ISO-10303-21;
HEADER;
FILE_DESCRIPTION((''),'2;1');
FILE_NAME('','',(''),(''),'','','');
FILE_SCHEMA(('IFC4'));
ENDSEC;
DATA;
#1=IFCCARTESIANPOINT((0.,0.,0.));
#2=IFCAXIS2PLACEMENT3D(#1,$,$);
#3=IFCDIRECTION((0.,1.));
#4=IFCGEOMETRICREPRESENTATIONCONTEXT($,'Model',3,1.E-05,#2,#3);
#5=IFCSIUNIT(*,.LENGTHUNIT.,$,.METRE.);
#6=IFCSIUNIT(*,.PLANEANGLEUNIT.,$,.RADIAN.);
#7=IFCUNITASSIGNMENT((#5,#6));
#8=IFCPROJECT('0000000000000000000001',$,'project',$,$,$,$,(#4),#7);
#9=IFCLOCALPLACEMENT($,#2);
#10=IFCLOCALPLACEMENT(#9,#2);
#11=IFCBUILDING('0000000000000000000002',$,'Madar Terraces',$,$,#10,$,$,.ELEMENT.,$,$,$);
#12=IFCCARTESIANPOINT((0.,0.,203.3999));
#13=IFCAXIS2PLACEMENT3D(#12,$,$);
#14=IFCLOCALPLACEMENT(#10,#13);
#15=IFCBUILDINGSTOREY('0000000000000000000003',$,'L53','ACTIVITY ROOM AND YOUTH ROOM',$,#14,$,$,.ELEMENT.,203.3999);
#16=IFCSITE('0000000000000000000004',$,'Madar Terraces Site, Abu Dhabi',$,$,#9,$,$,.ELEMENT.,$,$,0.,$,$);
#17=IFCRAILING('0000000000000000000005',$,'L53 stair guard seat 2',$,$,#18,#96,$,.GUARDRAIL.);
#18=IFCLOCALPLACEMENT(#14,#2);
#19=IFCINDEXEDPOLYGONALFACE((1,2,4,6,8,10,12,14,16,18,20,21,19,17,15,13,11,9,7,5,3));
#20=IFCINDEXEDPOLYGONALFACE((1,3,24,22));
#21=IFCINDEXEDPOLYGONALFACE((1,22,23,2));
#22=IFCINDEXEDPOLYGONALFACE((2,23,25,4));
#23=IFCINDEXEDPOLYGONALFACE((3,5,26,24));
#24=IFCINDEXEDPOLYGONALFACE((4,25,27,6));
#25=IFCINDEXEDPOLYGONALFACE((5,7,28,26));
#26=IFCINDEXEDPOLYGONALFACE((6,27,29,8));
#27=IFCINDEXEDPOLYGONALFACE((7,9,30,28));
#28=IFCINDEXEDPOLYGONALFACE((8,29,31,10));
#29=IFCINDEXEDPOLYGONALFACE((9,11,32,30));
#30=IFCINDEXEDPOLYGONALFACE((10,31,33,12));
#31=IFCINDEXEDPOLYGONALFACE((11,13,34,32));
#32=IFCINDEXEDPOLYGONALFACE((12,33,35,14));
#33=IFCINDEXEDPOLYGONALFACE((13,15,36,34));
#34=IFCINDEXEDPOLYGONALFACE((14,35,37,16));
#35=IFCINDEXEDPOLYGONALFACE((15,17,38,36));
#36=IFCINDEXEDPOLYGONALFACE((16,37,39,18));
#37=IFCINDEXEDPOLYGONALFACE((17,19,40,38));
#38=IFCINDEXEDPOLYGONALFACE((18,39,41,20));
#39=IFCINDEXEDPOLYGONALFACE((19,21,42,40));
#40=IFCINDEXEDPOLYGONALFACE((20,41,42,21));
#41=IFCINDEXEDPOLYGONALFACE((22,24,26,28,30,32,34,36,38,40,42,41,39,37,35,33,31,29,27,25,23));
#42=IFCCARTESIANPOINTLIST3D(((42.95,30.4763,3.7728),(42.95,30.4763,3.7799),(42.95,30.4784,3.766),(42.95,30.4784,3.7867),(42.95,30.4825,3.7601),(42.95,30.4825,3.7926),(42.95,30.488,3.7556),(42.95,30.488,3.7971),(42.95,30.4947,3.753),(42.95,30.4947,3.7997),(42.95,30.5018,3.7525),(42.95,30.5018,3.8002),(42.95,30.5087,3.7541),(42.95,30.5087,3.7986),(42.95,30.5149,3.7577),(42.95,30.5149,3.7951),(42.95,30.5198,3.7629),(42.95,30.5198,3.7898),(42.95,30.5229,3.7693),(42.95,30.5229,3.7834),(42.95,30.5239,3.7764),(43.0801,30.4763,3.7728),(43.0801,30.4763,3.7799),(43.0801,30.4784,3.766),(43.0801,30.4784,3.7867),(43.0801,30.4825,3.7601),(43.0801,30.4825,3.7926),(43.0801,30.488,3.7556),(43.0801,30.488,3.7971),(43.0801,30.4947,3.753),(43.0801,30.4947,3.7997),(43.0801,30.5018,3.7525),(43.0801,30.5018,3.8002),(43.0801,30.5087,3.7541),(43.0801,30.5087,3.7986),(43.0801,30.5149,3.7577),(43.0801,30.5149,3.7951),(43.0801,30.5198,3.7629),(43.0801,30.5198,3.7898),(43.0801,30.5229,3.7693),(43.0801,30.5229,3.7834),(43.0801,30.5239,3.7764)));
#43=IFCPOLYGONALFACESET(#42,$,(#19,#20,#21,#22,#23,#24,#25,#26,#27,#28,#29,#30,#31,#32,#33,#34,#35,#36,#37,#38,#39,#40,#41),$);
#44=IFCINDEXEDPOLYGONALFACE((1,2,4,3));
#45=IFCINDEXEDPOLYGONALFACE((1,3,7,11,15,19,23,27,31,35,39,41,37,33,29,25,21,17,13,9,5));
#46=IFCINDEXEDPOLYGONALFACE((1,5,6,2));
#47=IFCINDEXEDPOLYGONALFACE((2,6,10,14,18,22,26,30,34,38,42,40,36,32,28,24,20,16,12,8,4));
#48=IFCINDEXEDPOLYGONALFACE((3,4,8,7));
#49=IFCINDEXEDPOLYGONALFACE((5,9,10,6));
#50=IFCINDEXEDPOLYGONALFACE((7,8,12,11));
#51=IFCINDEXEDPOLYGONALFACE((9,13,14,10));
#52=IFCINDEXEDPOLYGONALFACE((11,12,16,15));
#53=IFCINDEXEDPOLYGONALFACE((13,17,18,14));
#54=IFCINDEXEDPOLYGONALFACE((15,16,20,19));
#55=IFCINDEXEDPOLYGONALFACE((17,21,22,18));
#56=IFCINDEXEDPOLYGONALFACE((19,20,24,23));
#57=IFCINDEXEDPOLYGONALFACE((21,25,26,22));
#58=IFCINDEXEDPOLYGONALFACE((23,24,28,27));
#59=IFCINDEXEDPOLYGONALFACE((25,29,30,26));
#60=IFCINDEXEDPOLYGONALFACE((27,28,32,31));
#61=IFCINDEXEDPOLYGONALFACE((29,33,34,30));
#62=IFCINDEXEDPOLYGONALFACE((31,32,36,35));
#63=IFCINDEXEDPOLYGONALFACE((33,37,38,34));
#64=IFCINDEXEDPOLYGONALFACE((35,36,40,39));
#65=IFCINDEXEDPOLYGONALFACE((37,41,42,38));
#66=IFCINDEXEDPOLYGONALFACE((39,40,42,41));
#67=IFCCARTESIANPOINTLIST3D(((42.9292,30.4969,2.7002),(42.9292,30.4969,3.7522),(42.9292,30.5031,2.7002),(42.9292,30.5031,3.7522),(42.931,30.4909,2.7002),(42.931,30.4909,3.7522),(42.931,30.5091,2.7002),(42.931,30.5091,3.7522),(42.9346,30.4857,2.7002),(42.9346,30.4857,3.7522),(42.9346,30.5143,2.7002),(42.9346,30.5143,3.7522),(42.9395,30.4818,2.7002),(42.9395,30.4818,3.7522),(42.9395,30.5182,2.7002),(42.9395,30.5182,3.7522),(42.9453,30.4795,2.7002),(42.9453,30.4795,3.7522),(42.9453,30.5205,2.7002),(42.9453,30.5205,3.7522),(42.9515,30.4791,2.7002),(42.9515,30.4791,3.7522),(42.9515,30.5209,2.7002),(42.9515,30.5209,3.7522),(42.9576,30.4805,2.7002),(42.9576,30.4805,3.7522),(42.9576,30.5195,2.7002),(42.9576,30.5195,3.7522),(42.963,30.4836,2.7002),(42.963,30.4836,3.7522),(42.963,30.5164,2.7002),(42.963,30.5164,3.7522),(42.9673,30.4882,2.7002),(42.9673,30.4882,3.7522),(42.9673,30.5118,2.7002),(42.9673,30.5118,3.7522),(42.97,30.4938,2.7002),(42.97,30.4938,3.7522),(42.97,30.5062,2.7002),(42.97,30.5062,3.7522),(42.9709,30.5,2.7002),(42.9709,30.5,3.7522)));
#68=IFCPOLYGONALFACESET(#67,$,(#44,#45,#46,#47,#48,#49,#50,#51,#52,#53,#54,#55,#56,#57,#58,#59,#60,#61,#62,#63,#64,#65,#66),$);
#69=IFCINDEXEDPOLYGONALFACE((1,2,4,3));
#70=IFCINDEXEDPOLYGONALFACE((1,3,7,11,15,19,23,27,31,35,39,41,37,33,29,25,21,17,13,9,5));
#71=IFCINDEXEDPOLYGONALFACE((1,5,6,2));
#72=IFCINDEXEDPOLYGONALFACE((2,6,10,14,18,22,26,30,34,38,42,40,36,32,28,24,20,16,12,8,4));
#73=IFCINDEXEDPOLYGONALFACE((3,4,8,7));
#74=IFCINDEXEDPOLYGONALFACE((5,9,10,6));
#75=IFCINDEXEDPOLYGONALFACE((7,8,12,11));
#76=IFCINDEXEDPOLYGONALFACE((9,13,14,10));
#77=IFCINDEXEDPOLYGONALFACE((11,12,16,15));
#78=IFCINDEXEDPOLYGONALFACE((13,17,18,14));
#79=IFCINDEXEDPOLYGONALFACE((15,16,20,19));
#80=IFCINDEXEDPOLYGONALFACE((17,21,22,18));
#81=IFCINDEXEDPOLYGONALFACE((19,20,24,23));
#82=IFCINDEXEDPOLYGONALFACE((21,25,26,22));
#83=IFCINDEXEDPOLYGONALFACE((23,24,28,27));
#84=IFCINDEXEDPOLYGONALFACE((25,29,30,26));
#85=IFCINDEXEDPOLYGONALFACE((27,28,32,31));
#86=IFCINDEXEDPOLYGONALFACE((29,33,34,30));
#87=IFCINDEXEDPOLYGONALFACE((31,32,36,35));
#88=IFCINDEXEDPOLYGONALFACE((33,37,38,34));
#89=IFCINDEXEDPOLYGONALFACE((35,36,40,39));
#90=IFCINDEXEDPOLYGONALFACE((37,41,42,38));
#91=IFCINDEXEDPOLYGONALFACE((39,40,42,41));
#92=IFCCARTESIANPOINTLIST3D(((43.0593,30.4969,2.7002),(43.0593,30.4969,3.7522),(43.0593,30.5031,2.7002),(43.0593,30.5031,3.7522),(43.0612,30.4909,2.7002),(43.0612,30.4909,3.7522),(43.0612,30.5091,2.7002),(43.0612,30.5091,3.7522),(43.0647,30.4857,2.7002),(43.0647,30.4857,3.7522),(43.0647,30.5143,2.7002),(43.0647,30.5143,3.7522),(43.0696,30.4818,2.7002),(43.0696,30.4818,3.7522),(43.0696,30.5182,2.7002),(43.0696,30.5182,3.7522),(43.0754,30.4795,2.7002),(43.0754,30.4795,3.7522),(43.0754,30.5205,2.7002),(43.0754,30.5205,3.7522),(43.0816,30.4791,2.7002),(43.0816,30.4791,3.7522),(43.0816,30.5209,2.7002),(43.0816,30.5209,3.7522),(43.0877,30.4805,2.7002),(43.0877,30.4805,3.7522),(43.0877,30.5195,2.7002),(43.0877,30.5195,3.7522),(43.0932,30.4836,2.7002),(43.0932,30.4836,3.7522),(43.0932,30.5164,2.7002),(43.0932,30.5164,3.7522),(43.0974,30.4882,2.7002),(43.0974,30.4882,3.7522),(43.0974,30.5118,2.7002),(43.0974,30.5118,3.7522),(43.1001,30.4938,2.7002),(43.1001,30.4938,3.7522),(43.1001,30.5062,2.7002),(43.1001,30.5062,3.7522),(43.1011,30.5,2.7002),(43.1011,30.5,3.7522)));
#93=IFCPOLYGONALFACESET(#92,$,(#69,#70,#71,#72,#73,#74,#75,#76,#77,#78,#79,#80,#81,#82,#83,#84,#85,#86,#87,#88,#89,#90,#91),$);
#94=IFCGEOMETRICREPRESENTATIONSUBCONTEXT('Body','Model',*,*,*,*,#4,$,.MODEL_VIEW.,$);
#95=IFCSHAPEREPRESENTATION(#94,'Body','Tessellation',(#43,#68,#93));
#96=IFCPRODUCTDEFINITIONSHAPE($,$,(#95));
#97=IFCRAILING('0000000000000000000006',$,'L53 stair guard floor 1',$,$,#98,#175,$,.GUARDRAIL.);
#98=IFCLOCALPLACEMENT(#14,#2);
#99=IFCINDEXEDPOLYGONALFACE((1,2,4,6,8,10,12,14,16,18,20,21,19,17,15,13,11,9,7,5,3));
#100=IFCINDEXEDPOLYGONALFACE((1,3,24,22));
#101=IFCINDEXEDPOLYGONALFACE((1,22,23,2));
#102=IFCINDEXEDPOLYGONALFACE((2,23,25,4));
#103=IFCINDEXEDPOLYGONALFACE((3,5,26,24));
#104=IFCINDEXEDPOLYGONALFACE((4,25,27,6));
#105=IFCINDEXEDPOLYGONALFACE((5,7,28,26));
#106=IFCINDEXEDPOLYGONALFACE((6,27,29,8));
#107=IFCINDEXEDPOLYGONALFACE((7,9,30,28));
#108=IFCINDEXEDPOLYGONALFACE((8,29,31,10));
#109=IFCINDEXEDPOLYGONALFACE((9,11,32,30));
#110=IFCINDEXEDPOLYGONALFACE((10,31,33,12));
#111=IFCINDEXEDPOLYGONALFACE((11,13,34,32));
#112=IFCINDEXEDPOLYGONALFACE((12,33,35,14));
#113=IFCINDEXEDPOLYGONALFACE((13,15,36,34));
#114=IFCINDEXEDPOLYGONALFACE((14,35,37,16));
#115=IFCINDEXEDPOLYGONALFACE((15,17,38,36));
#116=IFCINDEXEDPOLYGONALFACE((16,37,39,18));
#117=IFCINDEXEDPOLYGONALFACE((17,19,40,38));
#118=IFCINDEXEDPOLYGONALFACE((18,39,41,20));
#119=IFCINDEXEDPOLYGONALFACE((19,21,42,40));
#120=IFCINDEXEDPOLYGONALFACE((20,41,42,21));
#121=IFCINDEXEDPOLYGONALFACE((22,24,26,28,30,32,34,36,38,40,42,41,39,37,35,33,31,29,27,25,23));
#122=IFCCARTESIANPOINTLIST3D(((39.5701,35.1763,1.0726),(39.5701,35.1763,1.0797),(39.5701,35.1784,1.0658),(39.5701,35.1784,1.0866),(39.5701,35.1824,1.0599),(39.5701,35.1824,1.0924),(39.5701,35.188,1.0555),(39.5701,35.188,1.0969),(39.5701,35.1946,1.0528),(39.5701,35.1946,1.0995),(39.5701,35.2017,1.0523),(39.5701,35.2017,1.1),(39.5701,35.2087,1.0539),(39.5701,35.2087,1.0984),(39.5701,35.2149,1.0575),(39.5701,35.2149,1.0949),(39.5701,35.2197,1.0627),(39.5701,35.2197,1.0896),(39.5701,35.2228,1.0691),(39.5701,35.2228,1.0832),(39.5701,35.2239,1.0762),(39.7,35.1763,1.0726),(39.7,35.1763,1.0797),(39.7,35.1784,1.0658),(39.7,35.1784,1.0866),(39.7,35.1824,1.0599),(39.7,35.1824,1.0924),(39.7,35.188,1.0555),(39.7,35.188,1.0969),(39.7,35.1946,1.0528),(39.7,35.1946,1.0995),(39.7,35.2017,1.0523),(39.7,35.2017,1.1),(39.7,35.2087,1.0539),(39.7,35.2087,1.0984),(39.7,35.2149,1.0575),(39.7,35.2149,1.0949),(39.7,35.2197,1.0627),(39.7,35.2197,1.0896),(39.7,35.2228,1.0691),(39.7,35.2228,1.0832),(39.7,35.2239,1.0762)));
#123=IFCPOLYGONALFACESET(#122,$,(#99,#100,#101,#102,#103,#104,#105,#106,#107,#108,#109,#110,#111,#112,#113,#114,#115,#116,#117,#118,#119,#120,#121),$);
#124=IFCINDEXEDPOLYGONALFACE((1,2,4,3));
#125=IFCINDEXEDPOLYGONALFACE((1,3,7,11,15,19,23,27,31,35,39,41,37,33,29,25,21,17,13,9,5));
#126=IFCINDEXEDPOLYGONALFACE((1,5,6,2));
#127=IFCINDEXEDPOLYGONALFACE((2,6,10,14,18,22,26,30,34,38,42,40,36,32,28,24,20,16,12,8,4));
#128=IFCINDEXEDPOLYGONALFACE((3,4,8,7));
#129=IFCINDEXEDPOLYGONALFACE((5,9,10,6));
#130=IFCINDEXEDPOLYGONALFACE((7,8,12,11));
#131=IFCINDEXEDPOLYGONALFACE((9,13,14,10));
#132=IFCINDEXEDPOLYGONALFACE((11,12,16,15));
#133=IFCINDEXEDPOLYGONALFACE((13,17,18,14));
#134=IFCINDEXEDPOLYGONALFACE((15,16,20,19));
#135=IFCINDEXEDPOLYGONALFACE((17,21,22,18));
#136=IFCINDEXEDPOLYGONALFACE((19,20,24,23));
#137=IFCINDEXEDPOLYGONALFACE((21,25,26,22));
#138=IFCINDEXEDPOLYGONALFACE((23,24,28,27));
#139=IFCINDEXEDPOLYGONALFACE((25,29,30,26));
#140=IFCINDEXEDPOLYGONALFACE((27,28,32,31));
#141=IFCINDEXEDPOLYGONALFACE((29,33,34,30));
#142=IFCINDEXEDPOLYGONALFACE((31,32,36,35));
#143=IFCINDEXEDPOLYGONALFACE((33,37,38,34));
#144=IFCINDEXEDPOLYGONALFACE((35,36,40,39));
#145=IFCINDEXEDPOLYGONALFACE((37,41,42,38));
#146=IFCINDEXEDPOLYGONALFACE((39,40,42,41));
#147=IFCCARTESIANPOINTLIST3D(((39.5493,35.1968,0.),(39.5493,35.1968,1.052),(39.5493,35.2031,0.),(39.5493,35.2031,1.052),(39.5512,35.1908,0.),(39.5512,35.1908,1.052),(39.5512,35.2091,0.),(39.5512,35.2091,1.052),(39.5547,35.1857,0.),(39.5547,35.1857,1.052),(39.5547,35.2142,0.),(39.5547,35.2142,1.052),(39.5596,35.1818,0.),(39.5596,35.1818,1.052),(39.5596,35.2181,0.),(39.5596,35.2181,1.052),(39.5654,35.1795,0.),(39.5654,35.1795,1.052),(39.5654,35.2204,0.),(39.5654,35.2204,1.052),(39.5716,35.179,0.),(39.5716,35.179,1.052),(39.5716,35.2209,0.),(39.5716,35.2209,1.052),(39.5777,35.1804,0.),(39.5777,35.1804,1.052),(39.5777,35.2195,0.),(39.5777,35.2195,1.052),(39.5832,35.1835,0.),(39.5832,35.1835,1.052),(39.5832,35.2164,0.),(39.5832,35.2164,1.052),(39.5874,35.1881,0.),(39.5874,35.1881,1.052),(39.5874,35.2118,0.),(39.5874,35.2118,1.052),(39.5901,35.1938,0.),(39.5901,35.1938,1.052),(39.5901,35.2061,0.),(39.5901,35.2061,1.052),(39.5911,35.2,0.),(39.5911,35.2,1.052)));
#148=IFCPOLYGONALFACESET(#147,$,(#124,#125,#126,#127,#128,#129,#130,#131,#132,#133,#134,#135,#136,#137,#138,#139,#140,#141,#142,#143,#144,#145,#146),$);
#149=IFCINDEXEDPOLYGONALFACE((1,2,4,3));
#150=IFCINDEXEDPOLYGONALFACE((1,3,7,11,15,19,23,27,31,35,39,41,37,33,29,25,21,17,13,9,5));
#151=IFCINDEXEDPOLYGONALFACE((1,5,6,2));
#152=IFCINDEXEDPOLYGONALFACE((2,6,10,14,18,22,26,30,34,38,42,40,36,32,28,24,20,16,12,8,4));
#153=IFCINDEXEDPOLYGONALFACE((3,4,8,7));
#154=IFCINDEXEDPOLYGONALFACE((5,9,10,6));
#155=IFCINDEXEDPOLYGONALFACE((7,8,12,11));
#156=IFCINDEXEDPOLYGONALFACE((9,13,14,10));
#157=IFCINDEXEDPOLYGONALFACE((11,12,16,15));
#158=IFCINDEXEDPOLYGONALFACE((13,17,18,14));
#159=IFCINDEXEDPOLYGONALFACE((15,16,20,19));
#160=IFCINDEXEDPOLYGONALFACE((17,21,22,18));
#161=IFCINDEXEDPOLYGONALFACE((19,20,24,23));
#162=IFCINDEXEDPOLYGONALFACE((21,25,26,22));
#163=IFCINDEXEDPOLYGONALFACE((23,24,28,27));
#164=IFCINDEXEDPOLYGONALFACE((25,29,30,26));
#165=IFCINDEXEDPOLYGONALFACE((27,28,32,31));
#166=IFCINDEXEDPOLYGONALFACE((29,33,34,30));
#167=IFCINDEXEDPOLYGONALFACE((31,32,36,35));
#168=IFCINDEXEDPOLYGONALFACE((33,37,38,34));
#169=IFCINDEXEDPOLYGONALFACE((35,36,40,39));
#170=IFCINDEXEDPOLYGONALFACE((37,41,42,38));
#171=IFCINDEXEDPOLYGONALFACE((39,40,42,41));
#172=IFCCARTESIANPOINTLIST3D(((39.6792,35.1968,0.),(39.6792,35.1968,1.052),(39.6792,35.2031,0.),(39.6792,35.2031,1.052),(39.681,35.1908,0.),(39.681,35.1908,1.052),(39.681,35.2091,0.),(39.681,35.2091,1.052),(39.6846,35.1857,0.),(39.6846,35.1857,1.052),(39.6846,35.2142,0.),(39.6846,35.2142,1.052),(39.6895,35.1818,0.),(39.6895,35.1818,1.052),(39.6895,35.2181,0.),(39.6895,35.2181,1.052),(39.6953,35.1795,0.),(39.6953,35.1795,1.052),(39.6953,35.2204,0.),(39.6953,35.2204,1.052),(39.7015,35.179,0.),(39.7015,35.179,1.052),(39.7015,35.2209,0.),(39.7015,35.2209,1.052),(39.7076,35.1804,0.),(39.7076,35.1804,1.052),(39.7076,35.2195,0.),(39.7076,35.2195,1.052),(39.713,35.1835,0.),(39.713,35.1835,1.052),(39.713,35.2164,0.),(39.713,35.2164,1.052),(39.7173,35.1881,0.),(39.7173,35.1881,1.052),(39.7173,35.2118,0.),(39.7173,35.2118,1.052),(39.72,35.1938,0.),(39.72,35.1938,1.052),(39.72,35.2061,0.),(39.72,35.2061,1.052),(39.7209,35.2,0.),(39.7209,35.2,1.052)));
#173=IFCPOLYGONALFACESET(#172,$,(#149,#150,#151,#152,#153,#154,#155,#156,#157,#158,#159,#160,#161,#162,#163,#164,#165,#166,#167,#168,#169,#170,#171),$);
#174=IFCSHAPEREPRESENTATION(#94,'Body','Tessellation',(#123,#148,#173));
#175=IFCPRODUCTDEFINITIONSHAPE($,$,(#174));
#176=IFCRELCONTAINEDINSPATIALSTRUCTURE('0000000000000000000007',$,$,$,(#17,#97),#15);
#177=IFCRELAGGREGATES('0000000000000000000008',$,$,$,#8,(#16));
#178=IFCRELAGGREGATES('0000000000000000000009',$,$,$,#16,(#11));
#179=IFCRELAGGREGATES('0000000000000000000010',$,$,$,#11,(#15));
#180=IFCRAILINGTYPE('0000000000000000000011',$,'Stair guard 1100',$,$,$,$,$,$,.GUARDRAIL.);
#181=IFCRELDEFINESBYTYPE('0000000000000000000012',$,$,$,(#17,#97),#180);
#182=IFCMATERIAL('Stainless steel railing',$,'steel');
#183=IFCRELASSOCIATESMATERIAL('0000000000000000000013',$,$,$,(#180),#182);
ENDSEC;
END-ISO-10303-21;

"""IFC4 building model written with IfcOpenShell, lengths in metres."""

from ifc_helpers import new_model, si_unit, direction, frame, origin, origin_2d, place, context, subcontext, project, spatial, circle, extrude, material, type_object, element, save


model = new_model("IFC4")

# Units and contexts
model_context = context("Model", 3, precision=1e-05, world=origin(), true_north=direction((0.0, 1.0)))
body_context = subcontext(model_context, "Body", "Model", "MODEL_VIEW")
ifc_project = project(units=[si_unit("LENGTHUNIT", "METRE"), si_unit("PLANEANGLEUNIT", "RADIAN")], contexts=[model_context])

# Site, building, storey
site_placement = place(None, origin())
site = spatial("IfcSite", under=ifc_project, at=site_placement, Name="Madar Terraces Site, Abu Dhabi", CompositionType="ELEMENT", RefElevation=0.0)
building_placement = place(site_placement, origin())
building = spatial("IfcBuilding", under=site, at=building_placement, Name="Madar Terraces", CompositionType="ELEMENT")
storey_placement = place(building_placement, frame((0.0, 0.0, 203.3999)))
storey = spatial("IfcBuildingStorey", under=building, at=storey_placement, Name="L53", Description="ACTIVITY ROOM AND YOUTH ROOM", CompositionType="ELEMENT", Elevation=203.3999)

# Railings
ifc_material_1 = material(Name="Stainless steel railing", Category="steel")
railing_type_1 = type_object("IfcRailingType", Name="Stair guard 1100", PredefinedType="GUARDRAIL", material=ifc_material_1)
railing_1_placement = place(storey_placement, frame((42.95, 30.5, 2.7002)))
element("IfcRailing", 1, at=railing_1_placement, inside=storey, type_object=railing_type_1, Name="L53 stair guard seat 2", PredefinedType="GUARDRAIL", context=body_context, shape_type="SweptSolid", body=[
    extrude(circle(Radius=0.0239, at=origin_2d()), frame((0.0, 0.0, 1.0762), z_axis=(1.0, 0.0, 0.0), x_axis=(0.0, 1.0, 0.0)), (0.0, 0.0, 1.0), 0.1301),
    extrude(circle(Radius=0.021, at=origin_2d()), origin(), (0.0, 0.0, 1.0), 1.052),
    extrude(circle(Radius=0.021, at=origin_2d()), frame((0.1301, 0.0, 0.0)), (0.0, 0.0, 1.0), 1.052),
])
railing_2_placement = place(storey_placement, frame((39.5701, 35.2, 0.0)))
element("IfcRailing", 2, at=railing_2_placement, inside=storey, type_object=railing_type_1, Name="L53 stair guard floor 1", PredefinedType="GUARDRAIL", context=body_context, shape_type="SweptSolid", body=[
    extrude(circle(Radius=0.0239, at=origin_2d()), frame((0.0, 0.0, 1.0762), z_axis=(1.0, 0.0, 0.0), x_axis=(0.0, 1.0, 0.0)), (0.0, 0.0, 1.0), 0.1299),
    extrude(circle(Radius=0.021, at=origin_2d()), origin(), (0.0, 0.0, 1.0), 1.052),
    extrude(circle(Radius=0.021, at=origin_2d()), frame((0.1299, 0.0, 0.0)), (0.0, 0.0, 1.0), 1.052),
])

save(model, "model.ifc")
